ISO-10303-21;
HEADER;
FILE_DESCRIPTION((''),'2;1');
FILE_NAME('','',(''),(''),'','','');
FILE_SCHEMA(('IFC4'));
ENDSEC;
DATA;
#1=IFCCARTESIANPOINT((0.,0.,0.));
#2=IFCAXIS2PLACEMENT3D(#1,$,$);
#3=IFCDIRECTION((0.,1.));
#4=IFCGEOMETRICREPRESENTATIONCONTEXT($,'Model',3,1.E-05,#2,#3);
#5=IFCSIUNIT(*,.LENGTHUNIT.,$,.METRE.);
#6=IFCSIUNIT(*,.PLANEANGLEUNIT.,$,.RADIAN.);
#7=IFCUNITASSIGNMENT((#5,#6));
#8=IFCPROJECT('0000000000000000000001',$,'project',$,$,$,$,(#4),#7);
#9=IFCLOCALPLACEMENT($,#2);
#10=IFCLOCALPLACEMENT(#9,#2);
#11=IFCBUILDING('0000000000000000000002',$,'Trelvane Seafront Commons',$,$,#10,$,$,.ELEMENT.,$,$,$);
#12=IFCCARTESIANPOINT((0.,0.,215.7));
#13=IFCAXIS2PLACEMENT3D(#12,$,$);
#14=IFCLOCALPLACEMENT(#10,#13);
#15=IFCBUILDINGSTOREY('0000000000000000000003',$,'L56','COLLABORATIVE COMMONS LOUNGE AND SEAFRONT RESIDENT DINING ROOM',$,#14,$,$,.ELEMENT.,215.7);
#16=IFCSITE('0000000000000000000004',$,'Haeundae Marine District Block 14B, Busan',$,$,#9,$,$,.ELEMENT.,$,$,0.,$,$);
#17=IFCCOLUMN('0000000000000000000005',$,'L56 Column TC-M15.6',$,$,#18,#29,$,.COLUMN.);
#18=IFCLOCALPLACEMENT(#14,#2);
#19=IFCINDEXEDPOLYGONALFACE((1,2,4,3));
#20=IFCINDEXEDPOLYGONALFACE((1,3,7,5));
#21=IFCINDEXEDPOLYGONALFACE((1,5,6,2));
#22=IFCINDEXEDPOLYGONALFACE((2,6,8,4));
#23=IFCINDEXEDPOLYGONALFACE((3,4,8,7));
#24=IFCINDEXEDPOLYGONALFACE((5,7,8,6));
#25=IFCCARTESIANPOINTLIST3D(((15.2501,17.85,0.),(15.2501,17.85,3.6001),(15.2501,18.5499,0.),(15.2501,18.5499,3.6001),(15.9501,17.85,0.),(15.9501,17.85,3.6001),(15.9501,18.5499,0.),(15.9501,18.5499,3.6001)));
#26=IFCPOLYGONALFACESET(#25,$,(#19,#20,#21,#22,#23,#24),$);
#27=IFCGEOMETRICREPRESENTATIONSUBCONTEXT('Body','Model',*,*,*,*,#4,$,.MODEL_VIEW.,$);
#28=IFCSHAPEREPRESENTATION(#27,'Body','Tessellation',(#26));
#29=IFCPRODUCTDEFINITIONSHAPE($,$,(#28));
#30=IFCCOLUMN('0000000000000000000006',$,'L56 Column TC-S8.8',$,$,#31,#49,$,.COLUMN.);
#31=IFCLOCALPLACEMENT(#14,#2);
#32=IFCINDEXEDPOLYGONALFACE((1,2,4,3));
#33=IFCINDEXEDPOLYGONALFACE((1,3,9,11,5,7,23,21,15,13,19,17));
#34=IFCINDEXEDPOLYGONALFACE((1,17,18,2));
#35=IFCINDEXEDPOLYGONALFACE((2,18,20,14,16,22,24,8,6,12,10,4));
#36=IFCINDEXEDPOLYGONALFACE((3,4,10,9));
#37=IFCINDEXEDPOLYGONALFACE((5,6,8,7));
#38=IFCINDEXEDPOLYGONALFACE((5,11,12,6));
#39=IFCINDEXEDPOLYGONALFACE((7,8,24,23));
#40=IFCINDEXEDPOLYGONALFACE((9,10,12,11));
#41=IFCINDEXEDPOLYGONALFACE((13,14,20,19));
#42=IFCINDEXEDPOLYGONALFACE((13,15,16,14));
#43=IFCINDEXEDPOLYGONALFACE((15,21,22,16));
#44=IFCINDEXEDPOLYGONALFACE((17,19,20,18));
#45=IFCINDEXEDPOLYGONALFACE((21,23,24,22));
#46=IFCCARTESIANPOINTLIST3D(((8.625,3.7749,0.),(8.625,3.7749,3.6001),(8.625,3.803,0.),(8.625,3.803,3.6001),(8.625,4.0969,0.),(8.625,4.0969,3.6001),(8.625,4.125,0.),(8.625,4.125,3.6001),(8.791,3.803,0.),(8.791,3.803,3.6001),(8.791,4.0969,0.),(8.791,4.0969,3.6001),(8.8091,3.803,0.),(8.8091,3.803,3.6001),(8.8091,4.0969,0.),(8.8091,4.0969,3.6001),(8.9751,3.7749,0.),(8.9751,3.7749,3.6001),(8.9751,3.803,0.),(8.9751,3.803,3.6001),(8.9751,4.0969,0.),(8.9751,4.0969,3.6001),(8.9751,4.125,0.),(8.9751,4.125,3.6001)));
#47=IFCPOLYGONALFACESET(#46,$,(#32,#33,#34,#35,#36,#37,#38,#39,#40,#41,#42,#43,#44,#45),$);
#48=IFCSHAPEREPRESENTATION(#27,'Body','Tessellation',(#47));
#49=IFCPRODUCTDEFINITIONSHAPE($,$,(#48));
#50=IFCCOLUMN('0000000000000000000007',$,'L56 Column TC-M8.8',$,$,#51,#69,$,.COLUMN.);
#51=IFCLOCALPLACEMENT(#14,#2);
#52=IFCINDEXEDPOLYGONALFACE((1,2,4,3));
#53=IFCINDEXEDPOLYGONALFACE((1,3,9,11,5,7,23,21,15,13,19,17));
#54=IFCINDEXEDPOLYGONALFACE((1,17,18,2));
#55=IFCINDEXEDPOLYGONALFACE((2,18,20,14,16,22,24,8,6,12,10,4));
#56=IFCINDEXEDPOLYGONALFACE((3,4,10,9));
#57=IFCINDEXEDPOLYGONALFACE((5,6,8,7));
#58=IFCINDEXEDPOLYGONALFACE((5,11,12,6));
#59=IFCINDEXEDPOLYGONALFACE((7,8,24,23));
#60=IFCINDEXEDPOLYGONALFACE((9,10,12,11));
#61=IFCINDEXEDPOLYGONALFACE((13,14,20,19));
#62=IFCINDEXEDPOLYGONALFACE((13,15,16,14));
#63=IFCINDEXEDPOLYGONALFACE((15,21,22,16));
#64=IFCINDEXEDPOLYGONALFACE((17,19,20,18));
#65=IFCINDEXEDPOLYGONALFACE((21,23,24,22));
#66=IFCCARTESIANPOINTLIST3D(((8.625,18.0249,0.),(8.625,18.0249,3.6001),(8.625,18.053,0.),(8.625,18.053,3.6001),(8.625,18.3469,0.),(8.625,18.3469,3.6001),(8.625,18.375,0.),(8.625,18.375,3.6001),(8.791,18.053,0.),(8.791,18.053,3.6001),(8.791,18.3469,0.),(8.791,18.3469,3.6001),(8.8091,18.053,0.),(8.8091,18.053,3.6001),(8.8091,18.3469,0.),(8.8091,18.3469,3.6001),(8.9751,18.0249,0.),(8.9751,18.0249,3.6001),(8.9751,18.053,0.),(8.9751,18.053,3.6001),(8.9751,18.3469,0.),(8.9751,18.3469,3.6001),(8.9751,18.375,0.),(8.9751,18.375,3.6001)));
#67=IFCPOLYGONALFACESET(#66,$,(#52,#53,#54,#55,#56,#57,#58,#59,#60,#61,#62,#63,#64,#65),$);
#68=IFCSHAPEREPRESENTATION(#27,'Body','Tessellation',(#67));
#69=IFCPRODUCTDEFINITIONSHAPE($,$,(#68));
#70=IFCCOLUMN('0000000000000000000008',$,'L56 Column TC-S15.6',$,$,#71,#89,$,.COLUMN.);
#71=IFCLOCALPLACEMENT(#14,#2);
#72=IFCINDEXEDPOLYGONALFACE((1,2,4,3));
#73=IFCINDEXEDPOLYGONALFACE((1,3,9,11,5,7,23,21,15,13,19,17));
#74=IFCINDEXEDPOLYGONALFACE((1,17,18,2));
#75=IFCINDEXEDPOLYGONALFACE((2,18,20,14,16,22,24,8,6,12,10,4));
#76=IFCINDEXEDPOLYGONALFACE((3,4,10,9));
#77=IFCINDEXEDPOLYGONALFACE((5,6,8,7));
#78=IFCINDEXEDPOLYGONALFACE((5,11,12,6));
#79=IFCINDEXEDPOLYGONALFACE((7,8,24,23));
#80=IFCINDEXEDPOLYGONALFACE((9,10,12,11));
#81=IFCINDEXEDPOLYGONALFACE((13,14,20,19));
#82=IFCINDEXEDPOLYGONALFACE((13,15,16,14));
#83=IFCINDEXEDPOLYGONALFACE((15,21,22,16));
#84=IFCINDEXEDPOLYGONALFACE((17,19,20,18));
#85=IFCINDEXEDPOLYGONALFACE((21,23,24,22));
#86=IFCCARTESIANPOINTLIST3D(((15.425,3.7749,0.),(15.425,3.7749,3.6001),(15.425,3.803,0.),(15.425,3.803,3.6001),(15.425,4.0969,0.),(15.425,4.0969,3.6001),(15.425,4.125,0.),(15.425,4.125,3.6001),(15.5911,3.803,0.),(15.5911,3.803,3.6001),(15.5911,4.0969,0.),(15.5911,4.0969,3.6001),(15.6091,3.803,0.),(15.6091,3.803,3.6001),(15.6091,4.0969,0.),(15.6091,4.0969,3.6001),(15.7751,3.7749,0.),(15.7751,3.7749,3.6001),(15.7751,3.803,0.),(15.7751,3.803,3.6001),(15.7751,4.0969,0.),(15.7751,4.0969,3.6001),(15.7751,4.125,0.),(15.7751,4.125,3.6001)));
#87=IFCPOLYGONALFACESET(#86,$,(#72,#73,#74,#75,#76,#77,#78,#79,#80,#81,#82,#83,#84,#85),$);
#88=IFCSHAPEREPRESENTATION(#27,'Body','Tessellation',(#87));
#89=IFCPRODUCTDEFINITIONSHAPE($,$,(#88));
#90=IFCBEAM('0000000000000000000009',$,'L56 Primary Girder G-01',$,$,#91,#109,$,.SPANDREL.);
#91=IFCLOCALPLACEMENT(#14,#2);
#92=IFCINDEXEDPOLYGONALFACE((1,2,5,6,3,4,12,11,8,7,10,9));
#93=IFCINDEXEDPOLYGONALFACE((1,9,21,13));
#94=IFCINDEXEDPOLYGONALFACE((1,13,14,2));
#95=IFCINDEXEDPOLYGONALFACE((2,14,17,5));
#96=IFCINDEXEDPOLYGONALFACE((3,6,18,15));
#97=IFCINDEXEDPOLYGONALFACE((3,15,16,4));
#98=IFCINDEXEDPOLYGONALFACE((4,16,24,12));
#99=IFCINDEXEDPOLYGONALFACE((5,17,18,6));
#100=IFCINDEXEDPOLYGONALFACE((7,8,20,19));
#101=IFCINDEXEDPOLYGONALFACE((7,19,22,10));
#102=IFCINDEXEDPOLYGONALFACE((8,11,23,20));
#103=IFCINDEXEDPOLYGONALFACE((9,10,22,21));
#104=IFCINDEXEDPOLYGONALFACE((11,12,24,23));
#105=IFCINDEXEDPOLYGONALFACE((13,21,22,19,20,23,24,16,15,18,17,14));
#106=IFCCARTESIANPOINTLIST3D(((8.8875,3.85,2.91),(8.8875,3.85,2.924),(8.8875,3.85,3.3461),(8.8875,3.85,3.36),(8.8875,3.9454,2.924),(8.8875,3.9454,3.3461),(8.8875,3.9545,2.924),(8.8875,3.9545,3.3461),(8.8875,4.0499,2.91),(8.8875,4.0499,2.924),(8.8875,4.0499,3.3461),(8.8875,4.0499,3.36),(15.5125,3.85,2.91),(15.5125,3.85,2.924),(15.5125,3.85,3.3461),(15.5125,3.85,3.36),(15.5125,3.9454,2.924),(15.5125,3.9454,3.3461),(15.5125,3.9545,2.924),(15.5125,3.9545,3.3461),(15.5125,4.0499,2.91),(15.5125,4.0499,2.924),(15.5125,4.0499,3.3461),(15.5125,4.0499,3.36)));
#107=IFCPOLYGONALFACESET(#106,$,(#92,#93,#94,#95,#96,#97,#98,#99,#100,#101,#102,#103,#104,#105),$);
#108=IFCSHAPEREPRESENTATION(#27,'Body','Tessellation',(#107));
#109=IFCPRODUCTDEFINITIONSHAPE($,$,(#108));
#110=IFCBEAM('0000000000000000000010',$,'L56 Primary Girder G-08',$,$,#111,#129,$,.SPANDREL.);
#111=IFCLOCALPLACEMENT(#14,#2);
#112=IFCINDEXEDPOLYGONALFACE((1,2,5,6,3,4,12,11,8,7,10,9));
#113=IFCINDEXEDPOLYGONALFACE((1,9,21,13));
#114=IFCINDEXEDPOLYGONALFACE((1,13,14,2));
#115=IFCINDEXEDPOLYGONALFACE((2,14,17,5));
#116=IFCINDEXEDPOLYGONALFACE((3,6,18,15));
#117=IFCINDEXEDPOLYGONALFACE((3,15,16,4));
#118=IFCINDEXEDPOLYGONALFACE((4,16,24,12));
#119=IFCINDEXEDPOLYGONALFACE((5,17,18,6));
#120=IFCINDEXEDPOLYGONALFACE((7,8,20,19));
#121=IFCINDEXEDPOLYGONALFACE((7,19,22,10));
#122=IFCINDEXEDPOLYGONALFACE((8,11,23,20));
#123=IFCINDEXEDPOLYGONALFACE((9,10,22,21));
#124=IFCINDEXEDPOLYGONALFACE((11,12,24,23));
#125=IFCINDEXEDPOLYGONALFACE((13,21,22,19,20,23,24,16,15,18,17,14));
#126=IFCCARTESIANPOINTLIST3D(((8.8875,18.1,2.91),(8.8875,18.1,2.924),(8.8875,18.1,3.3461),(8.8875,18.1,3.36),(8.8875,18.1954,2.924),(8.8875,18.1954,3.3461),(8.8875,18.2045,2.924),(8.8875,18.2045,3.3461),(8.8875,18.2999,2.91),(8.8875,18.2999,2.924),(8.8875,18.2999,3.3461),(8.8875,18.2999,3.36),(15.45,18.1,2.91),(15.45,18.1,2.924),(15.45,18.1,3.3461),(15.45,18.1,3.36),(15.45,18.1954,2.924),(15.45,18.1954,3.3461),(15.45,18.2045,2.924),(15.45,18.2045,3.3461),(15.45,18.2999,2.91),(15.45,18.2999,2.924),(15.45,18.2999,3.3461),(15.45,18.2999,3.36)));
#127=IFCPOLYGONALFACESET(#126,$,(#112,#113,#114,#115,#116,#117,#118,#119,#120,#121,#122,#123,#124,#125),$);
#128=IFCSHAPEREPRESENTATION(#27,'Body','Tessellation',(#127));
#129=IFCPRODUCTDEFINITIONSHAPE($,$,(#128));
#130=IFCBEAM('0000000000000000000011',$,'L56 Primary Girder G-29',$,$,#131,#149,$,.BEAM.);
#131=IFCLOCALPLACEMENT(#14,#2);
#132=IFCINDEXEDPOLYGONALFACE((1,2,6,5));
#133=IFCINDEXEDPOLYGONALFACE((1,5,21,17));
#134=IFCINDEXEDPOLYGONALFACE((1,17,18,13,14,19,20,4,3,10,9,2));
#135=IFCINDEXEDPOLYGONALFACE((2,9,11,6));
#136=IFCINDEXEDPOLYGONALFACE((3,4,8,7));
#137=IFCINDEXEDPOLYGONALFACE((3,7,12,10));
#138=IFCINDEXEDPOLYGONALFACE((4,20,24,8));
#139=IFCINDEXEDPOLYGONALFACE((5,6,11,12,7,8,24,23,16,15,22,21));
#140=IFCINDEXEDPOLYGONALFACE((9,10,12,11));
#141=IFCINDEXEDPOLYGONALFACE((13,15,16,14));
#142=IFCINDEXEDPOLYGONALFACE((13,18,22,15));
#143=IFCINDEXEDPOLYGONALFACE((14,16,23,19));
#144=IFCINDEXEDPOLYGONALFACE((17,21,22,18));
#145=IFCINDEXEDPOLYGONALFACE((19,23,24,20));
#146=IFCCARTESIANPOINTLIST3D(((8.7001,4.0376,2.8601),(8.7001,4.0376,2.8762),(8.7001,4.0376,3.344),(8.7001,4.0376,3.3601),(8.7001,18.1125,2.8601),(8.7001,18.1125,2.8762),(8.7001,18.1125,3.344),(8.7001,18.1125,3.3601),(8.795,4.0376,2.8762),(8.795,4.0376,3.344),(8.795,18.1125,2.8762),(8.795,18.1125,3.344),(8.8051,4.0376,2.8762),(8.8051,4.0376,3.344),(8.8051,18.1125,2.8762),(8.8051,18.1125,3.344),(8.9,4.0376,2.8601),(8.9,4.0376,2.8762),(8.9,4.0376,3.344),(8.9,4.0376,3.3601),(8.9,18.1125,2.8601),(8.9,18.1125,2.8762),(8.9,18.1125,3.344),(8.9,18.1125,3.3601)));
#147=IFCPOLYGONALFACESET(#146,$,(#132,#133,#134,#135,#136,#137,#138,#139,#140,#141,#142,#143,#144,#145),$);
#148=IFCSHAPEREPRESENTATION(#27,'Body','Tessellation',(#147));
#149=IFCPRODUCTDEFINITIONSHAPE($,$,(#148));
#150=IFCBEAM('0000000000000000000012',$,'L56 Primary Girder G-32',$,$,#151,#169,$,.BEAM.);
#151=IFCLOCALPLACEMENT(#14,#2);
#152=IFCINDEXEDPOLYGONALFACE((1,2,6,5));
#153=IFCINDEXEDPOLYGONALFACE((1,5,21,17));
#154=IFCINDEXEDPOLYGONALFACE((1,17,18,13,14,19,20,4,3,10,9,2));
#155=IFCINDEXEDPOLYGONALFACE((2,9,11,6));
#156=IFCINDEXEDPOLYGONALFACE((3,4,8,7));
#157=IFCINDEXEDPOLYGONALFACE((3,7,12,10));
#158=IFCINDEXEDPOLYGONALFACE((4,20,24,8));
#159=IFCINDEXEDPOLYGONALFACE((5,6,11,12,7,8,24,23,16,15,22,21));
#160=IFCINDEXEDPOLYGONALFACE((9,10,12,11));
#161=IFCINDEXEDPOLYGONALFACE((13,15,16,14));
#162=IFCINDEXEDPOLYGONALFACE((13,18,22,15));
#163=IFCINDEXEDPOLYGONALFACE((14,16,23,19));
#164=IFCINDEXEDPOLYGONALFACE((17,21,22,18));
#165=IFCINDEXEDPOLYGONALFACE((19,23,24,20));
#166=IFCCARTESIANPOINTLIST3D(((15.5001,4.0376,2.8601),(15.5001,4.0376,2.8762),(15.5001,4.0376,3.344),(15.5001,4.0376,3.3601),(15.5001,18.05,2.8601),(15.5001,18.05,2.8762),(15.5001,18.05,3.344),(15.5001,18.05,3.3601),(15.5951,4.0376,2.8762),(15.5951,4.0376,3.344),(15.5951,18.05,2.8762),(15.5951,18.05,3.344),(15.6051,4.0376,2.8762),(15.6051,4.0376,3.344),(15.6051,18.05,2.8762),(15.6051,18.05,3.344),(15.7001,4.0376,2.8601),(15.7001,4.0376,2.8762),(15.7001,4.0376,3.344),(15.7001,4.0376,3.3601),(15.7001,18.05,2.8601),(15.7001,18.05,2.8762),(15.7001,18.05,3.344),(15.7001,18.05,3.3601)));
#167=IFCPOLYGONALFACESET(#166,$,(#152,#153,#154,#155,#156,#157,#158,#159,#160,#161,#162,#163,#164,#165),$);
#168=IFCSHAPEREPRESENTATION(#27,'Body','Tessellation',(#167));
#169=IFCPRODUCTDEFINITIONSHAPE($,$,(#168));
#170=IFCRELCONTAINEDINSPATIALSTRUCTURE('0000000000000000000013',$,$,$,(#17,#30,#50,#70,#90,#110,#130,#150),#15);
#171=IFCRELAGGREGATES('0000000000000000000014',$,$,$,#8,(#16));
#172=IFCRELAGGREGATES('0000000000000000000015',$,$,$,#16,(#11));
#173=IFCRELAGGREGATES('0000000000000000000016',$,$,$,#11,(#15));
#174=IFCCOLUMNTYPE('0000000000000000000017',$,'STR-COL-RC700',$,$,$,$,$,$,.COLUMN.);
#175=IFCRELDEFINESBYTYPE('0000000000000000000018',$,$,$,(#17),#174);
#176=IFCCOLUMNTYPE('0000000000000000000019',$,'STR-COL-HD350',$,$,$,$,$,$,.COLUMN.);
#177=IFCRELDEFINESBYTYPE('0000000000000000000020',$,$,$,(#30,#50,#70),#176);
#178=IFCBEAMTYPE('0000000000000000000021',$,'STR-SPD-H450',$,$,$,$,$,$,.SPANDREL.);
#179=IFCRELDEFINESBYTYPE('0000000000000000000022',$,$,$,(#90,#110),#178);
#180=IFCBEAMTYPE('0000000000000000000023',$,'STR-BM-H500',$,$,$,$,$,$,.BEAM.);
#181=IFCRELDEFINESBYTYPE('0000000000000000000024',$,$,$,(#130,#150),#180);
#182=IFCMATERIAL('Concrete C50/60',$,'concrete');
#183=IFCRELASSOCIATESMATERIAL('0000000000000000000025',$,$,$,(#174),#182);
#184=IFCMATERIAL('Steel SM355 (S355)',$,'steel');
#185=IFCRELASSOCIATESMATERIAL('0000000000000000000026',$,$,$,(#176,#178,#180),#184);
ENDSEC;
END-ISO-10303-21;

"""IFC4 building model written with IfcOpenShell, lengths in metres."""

from ifc_helpers import new_model, si_unit, direction, frame, origin, origin_2d, place, context, subcontext, project, spatial, rectangle, i_section, extrude, source, transform, mapped, material, material_profile, profile_set, type_object, element, save


model = new_model("IFC4")

# Units and contexts
model_context = context("Model", 3, precision=1e-05, world=origin(), true_north=direction((0.0, 1.0)))
body_context = subcontext(model_context, "Body", "Model", "MODEL_VIEW")
ifc_project = project(units=[si_unit("LENGTHUNIT", "METRE"), si_unit("PLANEANGLEUNIT", "RADIAN")], contexts=[model_context])

# Site, building, storey
site_placement = place(None, origin())
site = spatial("IfcSite", under=ifc_project, at=site_placement, Name="Haeundae Marine District Block 14B, Busan", CompositionType="ELEMENT", RefElevation=0.0)
building_placement = place(site_placement, origin())
building = spatial("IfcBuilding", under=site, at=building_placement, Name="Trelvane Seafront Commons", CompositionType="ELEMENT")
storey_placement = place(building_placement, frame((0.0, 0.0, 215.7)))
storey = spatial("IfcBuildingStorey", under=building, at=storey_placement, Name="L56", Description="COLLABORATIVE COMMONS LOUNGE AND SEAFRONT RESIDENT DINING ROOM", CompositionType="ELEMENT", Elevation=215.7)

# Columns
ifc_material_1 = material(Name="Concrete C50/60", Category="concrete")
ifc_material_profile_1 = material_profile(ifc_material_1, rectangle(XDim=0.7, YDim=0.7, at=origin_2d()), Name="RC-700x700")
ifc_profile_set_1 = profile_set([ifc_material_profile_1], Name="Concrete C50/60")
column_type_1 = type_object("IfcColumnType", Name="STR-COL-RC700", PredefinedType="COLUMN", material=ifc_profile_set_1)
shared_shape_1 = source(origin(), body_context, "Body", "SweptSolid", [
    extrude(rectangle(XDim=0.7, YDim=0.7, at=origin_2d()), origin(), (0.0, 0.0, 1.0), 3.6001),
])
column_placement = place(storey_placement, frame((15.6001, 18.2, 0.0), z_axis=(0.0, 0.0, 1.0), x_axis=(1.0, 0.0, 0.0)))
element("IfcColumn", 1, at=column_placement, inside=storey, type_object=column_type_1, Name="L56 Column TC-M15.6", PredefinedType="COLUMN", context=body_context, shape_type="MappedRepresentation", body=[
    mapped(shared_shape_1, transform((0.0, 0.0, 0.0), x_axis=(1.0, 0.0, 0.0), y_axis=(0.0, 1.0, 0.0), z_axis=(0.0, 0.0, 1.0), scale=1.0)),
])
ifc_material_2 = material(Name="Steel SM355 (S355)", Category="steel")
ifc_material_profile_2 = material_profile(ifc_material_2, i_section(OverallWidth=0.3501, OverallDepth=0.3501, WebThickness=0.0181, FlangeThickness=0.0281, at=origin_2d()), Name="HD-350x350x18x28")
ifc_profile_set_2 = profile_set([ifc_material_profile_2], Name="Steel SM355 (S355)")
column_type_2 = type_object("IfcColumnType", Name="STR-COL-HD350", PredefinedType="COLUMN", material=ifc_profile_set_2)
shared_shape_2 = source(origin(), body_context, "Body", "SweptSolid", [
    extrude(i_section(OverallWidth=0.3501, OverallDepth=0.3501, WebThickness=0.0181, FlangeThickness=0.0281, at=origin_2d()), origin(), (0.0, 0.0, 1.0), 3.6001),
])
for number, where, z_axis, x_axis, name in (
    (2, (8.8, 3.95, 0.0), (0.0, 0.0, 1.0), (1.0, 0.0, 0.0), "L56 Column TC-S8.8"),
    (3, (8.8, 18.2, 0.0), (0.0, 0.0, 1.0), (1.0, 0.0, 0.0), "L56 Column TC-M8.8"),
    (4, (15.6001, 3.95, 0.0), (0.0, 0.0, 1.0), (1.0, 0.0, 0.0), "L56 Column TC-S15.6"),
):
    element("IfcColumn", number, at=place(storey_placement, frame(where, z_axis=z_axis, x_axis=x_axis)), inside=storey, type_object=column_type_2, Name=name, PredefinedType="COLUMN", context=body_context, shape_type="MappedRepresentation", body=[
        mapped(shared_shape_2, transform((0.0, 0.0, 0.0), x_axis=(1.0, 0.0, 0.0), y_axis=(0.0, 1.0, 0.0), z_axis=(0.0, 0.0, 1.0), scale=1.0)),
    ])

# Beams
ifc_material_profile_3 = material_profile(ifc_material_2, i_section(OverallWidth=0.2, OverallDepth=0.45, WebThickness=0.009, FlangeThickness=0.0139, at=origin_2d()), Name="H-450x200x9x14")
ifc_profile_set_3 = profile_set([ifc_material_profile_3], Name="Steel SM355 (S355)")
beam_type_1 = type_object("IfcBeamType", Name="STR-SPD-H450", PredefinedType="SPANDREL", material=ifc_profile_set_3)
shared_shape_3 = source(origin(), body_context, "Body", "SweptSolid", [
    extrude(i_section(OverallWidth=0.2, OverallDepth=0.45, WebThickness=0.009, FlangeThickness=0.0139, at=origin_2d()), origin(), (0.0, 0.0, 1.0), 6.625),
])
beam_1_placement = place(storey_placement, frame((8.8875, 3.95, 3.135), z_axis=(1.0, 0.0, 0.0), x_axis=(0.0, 1.0, 0.0)))
element("IfcBeam", 5, at=beam_1_placement, inside=storey, type_object=beam_type_1, Name="L56 Primary Girder G-01", PredefinedType="SPANDREL", context=body_context, shape_type="MappedRepresentation", body=[
    mapped(shared_shape_3, transform((0.0, 0.0, 0.0), x_axis=(1.0, 0.0, 0.0), y_axis=(0.0, 1.0, 0.0), z_axis=(0.0, 0.0, 1.0), scale=1.0)),
])
shared_shape_4 = source(origin(), body_context, "Body", "SweptSolid", [
    extrude(i_section(OverallWidth=0.2, OverallDepth=0.45, WebThickness=0.009, FlangeThickness=0.0139, at=origin_2d()), origin(), (0.0, 0.0, 1.0), 6.5625),
])
beam_2_placement = place(storey_placement, frame((8.8875, 18.2, 3.135), z_axis=(1.0, 0.0, 0.0), x_axis=(0.0, 1.0, 0.0)))
element("IfcBeam", 6, at=beam_2_placement, inside=storey, type_object=beam_type_1, Name="L56 Primary Girder G-08", PredefinedType="SPANDREL", context=body_context, shape_type="MappedRepresentation", body=[
    mapped(shared_shape_4, transform((0.0, 0.0, 0.0), x_axis=(1.0, 0.0, 0.0), y_axis=(0.0, 1.0, 0.0), z_axis=(0.0, 0.0, 1.0), scale=1.0)),
])
ifc_material_profile_4 = material_profile(ifc_material_2, i_section(OverallWidth=0.2, OverallDepth=0.5, WebThickness=0.01, FlangeThickness=0.0161, at=origin_2d()), Name="H-500x200x10x16")
ifc_profile_set_4 = profile_set([ifc_material_profile_4], Name="Steel SM355 (S355)")
beam_type_2 = type_object("IfcBeamType", Name="STR-BM-H500", PredefinedType="BEAM", material=ifc_profile_set_4)
shared_shape_5 = source(origin(), body_context, "Body", "SweptSolid", [
    extrude(i_section(OverallWidth=0.2, OverallDepth=0.5, WebThickness=0.01, FlangeThickness=0.0161, at=origin_2d()), origin(), (0.0, 0.0, 1.0), 14.075),
])
beam_3_placement = place(storey_placement, frame((8.8, 4.0376, 3.1101), z_axis=(0.0, 1.0, 0.0), x_axis=(-1.0, 0.0, 0.0)))
element("IfcBeam", 7, at=beam_3_placement, inside=storey, type_object=beam_type_2, Name="L56 Primary Girder G-29", PredefinedType="BEAM", context=body_context, shape_type="MappedRepresentation", body=[
    mapped(shared_shape_5, transform((0.0, 0.0, 0.0), x_axis=(1.0, 0.0, 0.0), y_axis=(0.0, 1.0, 0.0), z_axis=(0.0, 0.0, 1.0), scale=1.0)),
])
shared_shape_6 = source(origin(), body_context, "Body", "SweptSolid", [
    extrude(i_section(OverallWidth=0.2, OverallDepth=0.5, WebThickness=0.01, FlangeThickness=0.0161, at=origin_2d()), origin(), (0.0, 0.0, 1.0), 14.0125),
])
beam_4_placement = place(storey_placement, frame((15.6001, 4.0376, 3.1101), z_axis=(0.0, 1.0, 0.0), x_axis=(-1.0, 0.0, 0.0)))
element("IfcBeam", 8, at=beam_4_placement, inside=storey, type_object=beam_type_2, Name="L56 Primary Girder G-32", PredefinedType="BEAM", context=body_context, shape_type="MappedRepresentation", body=[
    mapped(shared_shape_6, transform((0.0, 0.0, 0.0), x_axis=(1.0, 0.0, 0.0), y_axis=(0.0, 1.0, 0.0), z_axis=(0.0, 0.0, 1.0), scale=1.0)),
])

save(model, "model.ifc")
